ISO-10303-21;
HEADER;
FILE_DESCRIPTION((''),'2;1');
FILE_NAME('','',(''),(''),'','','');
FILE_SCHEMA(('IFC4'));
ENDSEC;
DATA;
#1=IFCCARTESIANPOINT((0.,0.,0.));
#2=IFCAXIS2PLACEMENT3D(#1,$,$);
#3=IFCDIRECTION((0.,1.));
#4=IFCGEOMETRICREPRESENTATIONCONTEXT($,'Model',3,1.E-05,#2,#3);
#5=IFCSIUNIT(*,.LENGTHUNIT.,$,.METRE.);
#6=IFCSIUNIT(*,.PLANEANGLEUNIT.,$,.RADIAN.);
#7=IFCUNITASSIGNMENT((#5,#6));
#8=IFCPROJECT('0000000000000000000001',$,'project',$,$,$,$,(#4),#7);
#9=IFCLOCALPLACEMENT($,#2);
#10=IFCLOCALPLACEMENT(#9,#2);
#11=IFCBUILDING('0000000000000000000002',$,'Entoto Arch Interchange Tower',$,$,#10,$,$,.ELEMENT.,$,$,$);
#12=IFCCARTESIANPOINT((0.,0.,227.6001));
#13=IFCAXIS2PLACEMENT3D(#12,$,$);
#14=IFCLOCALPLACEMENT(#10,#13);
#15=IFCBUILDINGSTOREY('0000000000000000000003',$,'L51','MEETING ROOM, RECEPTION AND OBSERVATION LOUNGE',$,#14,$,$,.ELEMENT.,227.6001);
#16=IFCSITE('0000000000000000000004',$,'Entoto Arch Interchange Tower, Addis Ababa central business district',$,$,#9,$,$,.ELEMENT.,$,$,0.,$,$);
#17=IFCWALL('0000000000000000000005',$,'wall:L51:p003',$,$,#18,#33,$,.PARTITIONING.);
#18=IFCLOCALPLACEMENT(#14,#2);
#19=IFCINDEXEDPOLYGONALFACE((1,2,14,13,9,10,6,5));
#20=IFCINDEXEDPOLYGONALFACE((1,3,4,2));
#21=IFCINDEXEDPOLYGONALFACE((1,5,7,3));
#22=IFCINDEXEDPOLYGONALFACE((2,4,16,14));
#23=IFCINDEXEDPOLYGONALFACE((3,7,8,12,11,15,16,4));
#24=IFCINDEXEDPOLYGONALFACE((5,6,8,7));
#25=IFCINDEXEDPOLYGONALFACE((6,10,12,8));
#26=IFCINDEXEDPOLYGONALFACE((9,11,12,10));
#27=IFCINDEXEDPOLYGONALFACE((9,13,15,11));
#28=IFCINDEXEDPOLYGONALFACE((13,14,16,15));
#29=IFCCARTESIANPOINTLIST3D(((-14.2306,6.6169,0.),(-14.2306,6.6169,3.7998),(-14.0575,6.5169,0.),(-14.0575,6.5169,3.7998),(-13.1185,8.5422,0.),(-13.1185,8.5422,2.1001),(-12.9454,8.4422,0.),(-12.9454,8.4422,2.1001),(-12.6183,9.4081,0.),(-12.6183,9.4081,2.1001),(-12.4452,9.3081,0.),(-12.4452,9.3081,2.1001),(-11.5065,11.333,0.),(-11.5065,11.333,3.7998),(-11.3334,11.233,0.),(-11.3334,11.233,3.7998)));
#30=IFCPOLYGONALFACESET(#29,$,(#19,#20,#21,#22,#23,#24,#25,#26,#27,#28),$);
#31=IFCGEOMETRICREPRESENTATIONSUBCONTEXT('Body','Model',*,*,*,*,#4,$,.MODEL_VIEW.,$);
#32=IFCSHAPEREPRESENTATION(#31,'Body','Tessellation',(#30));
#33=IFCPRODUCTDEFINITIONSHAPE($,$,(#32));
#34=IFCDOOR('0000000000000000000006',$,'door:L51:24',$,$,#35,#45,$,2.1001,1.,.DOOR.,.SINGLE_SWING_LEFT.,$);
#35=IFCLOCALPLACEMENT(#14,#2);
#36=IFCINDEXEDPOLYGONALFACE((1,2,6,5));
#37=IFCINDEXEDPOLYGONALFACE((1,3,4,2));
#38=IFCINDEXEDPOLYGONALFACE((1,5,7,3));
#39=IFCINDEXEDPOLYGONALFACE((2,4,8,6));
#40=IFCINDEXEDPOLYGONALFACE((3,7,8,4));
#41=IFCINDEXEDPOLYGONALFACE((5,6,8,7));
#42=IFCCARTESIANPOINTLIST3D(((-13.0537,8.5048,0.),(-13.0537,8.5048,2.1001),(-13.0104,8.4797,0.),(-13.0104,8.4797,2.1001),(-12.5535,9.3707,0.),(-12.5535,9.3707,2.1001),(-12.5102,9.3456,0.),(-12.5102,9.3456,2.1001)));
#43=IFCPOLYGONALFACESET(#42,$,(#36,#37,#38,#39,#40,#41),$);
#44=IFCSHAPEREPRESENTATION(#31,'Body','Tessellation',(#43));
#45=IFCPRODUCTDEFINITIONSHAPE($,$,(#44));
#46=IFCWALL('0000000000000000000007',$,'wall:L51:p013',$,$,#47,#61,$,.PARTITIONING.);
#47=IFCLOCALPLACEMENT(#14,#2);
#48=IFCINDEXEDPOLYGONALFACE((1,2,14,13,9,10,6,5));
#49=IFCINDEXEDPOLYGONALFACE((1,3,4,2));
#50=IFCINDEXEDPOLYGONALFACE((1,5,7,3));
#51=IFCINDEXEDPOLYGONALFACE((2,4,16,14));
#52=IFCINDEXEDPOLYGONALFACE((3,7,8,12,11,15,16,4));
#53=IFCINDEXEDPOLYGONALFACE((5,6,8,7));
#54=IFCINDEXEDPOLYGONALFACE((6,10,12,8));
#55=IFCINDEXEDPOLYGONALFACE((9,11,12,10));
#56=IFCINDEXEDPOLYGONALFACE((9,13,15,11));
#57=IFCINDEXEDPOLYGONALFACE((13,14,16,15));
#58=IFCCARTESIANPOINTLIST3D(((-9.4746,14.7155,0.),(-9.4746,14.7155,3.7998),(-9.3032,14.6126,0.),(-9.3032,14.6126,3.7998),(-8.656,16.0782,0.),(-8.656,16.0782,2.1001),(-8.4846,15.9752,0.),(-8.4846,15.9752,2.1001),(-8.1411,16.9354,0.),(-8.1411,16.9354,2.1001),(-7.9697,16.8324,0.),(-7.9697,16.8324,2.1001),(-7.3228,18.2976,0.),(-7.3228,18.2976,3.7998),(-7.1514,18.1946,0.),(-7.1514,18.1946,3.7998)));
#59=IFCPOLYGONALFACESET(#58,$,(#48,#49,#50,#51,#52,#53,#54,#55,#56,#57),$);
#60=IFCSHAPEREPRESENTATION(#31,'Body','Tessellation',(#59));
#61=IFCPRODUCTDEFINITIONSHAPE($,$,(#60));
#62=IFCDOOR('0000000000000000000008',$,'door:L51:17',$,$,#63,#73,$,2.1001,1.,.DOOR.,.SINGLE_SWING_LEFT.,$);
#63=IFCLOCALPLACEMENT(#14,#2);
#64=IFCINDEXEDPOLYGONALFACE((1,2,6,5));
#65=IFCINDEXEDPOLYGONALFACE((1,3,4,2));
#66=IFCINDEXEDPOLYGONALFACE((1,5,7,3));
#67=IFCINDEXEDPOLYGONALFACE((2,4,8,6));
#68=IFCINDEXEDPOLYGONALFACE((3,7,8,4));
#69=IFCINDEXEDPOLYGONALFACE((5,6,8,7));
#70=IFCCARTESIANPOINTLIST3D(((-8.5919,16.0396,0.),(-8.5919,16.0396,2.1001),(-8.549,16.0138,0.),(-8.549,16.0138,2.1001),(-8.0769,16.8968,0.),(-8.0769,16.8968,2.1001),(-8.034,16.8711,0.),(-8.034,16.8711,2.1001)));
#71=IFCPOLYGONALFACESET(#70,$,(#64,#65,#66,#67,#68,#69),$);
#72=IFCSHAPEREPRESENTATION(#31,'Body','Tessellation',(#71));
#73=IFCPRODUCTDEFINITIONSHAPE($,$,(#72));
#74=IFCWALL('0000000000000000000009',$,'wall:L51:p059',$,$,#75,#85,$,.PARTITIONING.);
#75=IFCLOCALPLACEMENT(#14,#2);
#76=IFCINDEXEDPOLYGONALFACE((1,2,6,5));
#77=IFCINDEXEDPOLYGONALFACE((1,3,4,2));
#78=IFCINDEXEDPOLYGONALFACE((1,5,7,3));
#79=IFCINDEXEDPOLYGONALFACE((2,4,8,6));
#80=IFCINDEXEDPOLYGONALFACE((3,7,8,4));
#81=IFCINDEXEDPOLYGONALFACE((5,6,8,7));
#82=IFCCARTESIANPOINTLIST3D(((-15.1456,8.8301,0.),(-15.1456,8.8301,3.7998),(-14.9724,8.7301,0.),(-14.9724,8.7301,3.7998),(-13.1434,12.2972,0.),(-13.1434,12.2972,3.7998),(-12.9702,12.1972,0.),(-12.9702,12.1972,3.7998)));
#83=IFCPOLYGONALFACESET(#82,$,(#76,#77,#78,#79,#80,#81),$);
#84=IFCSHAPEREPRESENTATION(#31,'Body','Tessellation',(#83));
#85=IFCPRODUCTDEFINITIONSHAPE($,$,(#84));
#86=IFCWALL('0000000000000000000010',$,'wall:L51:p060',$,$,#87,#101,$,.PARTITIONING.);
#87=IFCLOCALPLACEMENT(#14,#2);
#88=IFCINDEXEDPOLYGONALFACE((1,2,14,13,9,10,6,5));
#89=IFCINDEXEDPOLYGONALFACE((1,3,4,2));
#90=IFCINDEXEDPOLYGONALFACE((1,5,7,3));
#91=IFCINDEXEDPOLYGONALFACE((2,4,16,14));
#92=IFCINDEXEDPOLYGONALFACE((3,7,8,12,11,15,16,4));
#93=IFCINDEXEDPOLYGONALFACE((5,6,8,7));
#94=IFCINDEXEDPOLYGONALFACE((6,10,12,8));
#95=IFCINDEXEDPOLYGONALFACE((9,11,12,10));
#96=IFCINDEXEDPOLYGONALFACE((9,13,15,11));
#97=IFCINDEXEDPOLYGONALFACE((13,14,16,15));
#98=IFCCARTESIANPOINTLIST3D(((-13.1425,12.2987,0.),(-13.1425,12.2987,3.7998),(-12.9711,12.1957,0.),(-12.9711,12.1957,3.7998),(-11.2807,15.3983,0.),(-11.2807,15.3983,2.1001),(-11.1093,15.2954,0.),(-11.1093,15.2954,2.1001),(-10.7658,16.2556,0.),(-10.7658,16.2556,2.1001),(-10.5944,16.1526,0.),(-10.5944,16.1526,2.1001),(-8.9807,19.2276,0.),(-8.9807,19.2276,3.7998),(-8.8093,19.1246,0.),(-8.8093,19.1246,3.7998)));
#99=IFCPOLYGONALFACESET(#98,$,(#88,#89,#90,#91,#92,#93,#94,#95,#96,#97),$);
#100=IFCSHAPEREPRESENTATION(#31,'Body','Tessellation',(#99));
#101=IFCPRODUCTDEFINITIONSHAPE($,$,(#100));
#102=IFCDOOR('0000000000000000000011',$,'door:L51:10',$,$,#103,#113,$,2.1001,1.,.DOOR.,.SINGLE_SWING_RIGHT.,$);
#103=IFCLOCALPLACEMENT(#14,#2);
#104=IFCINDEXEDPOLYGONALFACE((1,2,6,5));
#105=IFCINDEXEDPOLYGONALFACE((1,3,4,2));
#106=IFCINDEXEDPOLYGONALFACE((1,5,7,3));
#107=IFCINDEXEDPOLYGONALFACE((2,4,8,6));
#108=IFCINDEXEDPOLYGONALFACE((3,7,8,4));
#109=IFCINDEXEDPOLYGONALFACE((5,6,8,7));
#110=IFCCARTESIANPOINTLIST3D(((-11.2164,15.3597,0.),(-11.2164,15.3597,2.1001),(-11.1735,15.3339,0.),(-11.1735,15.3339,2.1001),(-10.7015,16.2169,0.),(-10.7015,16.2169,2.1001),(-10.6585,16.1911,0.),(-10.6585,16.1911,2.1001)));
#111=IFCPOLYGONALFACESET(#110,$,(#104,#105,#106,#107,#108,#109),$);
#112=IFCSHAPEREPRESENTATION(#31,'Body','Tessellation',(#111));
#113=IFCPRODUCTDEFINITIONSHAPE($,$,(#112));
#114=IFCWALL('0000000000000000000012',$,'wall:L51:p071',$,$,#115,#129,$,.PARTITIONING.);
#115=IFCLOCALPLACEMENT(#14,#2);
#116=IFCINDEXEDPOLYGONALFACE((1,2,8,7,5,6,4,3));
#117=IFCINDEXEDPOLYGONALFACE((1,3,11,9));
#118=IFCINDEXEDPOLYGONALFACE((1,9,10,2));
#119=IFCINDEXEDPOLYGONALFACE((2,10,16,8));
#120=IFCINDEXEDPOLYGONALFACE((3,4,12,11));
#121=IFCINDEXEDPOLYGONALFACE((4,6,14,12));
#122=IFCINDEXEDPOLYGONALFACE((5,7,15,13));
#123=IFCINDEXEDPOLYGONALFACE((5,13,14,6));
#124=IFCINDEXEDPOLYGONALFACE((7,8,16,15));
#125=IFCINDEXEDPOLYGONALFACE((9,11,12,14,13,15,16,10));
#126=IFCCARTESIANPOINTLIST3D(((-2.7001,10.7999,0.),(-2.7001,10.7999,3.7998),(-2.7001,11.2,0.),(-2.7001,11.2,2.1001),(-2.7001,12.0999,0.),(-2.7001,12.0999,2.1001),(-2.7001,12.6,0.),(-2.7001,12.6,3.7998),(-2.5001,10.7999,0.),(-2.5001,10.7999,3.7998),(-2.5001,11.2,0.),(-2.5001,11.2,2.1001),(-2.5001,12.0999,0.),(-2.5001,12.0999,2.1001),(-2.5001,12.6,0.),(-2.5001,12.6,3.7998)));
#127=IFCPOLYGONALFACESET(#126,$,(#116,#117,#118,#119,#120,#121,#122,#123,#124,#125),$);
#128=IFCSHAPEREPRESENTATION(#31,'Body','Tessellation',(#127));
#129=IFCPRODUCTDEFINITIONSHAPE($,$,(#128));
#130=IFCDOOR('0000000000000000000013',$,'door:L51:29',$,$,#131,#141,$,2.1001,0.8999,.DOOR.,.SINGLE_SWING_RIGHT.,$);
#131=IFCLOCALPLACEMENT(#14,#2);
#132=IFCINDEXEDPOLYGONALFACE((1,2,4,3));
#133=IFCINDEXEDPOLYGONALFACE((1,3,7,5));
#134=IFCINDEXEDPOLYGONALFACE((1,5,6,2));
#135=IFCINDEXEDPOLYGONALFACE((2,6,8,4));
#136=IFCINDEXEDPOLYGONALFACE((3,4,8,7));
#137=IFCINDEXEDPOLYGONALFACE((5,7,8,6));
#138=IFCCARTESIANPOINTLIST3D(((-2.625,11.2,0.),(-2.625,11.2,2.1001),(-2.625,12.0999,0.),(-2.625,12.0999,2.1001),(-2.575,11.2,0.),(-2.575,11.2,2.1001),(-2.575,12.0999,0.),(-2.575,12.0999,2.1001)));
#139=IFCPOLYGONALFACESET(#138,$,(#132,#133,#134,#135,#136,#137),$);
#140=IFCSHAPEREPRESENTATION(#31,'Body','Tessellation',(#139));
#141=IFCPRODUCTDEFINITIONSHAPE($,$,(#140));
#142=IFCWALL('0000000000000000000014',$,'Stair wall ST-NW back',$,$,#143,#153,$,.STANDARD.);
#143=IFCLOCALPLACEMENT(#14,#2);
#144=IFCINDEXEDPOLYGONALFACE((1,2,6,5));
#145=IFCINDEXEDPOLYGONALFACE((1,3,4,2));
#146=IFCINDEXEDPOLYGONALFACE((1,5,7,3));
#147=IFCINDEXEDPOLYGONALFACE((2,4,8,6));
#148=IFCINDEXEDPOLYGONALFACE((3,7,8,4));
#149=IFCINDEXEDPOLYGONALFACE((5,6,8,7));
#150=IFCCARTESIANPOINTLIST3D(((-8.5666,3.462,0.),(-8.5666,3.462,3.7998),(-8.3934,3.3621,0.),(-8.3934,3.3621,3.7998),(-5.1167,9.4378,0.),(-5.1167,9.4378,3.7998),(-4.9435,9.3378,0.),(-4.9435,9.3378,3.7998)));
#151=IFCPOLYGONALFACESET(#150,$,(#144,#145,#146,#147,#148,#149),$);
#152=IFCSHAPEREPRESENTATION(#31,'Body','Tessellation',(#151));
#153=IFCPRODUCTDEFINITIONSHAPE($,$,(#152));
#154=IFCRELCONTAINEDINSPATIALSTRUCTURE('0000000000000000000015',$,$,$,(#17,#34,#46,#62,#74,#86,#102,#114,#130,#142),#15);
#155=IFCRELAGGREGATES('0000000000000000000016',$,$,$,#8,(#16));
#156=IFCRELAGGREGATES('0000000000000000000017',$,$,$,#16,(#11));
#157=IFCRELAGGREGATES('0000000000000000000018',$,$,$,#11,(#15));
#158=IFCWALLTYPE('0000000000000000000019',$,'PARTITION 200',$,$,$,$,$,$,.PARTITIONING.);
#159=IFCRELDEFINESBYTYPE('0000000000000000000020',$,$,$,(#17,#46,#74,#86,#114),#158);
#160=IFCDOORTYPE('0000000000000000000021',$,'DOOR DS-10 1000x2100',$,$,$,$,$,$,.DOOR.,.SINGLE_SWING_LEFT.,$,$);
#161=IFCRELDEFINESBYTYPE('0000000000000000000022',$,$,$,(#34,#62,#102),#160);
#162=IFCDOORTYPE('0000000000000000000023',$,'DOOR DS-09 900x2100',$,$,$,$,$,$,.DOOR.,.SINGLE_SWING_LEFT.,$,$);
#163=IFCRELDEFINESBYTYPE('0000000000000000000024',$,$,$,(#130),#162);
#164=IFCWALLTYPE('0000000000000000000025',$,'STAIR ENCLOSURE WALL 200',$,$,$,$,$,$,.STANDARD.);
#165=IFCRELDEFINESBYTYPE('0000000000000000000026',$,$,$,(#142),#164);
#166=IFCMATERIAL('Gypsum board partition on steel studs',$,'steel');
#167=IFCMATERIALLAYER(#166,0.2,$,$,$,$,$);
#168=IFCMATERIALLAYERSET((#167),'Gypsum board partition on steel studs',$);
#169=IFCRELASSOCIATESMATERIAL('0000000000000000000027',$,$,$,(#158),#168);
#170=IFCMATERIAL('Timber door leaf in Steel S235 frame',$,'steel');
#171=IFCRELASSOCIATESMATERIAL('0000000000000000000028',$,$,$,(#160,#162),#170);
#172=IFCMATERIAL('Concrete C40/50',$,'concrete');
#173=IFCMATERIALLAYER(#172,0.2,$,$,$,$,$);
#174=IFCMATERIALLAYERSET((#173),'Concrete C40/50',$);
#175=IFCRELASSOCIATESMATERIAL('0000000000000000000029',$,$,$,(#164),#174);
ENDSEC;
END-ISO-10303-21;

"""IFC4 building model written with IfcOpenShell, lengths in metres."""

from ifc_helpers import new_model, si_unit, direction, frame, frame_2d, origin, place, context, subcontext, project, spatial, rectangle, extrude, material, layer, layer_set, type_object, element, fill, save


model = new_model("IFC4")

# Units and contexts
model_context = context("Model", 3, precision=1e-05, world=origin(), true_north=direction((0.0, 1.0)))
body_context = subcontext(model_context, "Body", "Model", "MODEL_VIEW")
ifc_project = project(units=[si_unit("LENGTHUNIT", "METRE"), si_unit("PLANEANGLEUNIT", "RADIAN")], contexts=[model_context])

# Site, building, storey
site_placement = place(None, origin())
site = spatial("IfcSite", under=ifc_project, at=site_placement, Name="Entoto Arch Interchange Tower, Addis Ababa central business district", CompositionType="ELEMENT", RefElevation=0.0)
building_placement = place(site_placement, origin())
building = spatial("IfcBuilding", under=site, at=building_placement, Name="Entoto Arch Interchange Tower", CompositionType="ELEMENT")
storey_placement = place(building_placement, frame((0.0, 0.0, 227.6001)))
storey = spatial("IfcBuildingStorey", under=building, at=storey_placement, Name="L51", Description="MEETING ROOM, RECEPTION AND OBSERVATION LOUNGE", CompositionType="ELEMENT", Elevation=227.6001)

# Shared definitions
ifc_material_1 = material(Name="Concrete C40/50", Category="concrete")
ifc_material_2 = material(Name="Gypsum board partition on steel studs", Category="steel")

# Shared definitions
ifc_layer_1 = layer(ifc_material_2, 0.2)
ifc_layer_set_1 = layer_set([ifc_layer_1], Name="Gypsum board partition on steel studs")
wall_type_1 = type_object("IfcWallType", Name="PARTITION 200", PredefinedType="PARTITIONING", material=ifc_layer_set_1)
ifc_material_3 = material(Name="Timber door leaf in Steel S235 frame", Category="steel")
door_type_1 = type_object("IfcDoorType", Name="DOOR DS-10 1000x2100", OperationType="SINGLE_SWING_LEFT", PredefinedType="DOOR", material=ifc_material_3)

# Walls, openings, doors
wall_1_placement = place(storey_placement, frame((-11.4199, 11.283, 0.0), z_axis=(0.0, 0.0, 1.0), x_axis=(-0.500179, -0.865922, 0.0)))
wall_1 = element("IfcWall", 1, at=wall_1_placement, inside=storey, type_object=wall_type_1, Name="wall:L51:p003", PredefinedType="PARTITIONING", context=body_context, shape_type="SweptSolid", body=[
    extrude(rectangle(XDim=5.4463, YDim=0.2, at=frame_2d((2.7231, 0.0))), origin(), (0.0, 0.0, 1.0), 3.7998),
])
opening_1_placement = place(wall_1_placement, frame((2.2229, 0.0, 0.0)))
opening_1 = element("IfcOpeningElement", 2, at=opening_1_placement, cuts=wall_1, PredefinedType="OPENING", context=body_context, shape_type="SweptSolid", body=[
    extrude(rectangle(XDim=1.0, YDim=2.1001, at=frame_2d((0.5, 1.05))), frame((0.0, 0.1099, 0.0), z_axis=(0.0, -1.0, 0.0), x_axis=(1.0, 0.0, 0.0)), (0.0, 0.0, 1.0), 0.22),
])
door_1_placement = place(opening_1_placement, origin())
door_1 = element("IfcDoor", 3, at=door_1_placement, inside=storey, type_object=door_type_1, Name="door:L51:24", OperationType="SINGLE_SWING_LEFT", OverallHeight=2.1001, OverallWidth=1.0, PredefinedType="DOOR", context=body_context, shape_type="SweptSolid", body=[
    extrude(rectangle(XDim=1.0, YDim=2.1001, at=frame_2d((0.5, 1.05))), frame((0.0, 0.0249, 0.0), z_axis=(0.0, -1.0, 0.0), x_axis=(1.0, 0.0, 0.0)), (0.0, 0.0, 1.0), 0.05),
])
fill(opening_1, door_1)
wall_2_placement = place(storey_placement, frame((-7.2371, 18.2461, 0.0), z_axis=(0.0, 0.0, 1.0), x_axis=(-0.51496, -0.857214, 0.0)))
wall_2 = element("IfcWall", 4, at=wall_2_placement, inside=storey, type_object=wall_type_1, Name="wall:L51:p013", PredefinedType="PARTITIONING", context=body_context, shape_type="SweptSolid", body=[
    extrude(rectangle(XDim=4.1787, YDim=0.2, at=frame_2d((2.0894, 0.0))), origin(), (0.0, 0.0, 1.0), 3.7998),
])
opening_2_placement = place(wall_2_placement, frame((1.5891, 0.0, 0.0)))
opening_2 = element("IfcOpeningElement", 5, at=opening_2_placement, cuts=wall_2, PredefinedType="OPENING", context=body_context, shape_type="SweptSolid", body=[
    extrude(rectangle(XDim=1.0, YDim=2.1001, at=frame_2d((0.5, 1.05))), frame((0.0, 0.1099, 0.0), z_axis=(0.0, -1.0, 0.0), x_axis=(1.0, 0.0, 0.0)), (0.0, 0.0, 1.0), 0.22),
])
door_2_placement = place(opening_2_placement, origin())
door_2 = element("IfcDoor", 6, at=door_2_placement, inside=storey, type_object=door_type_1, Name="door:L51:17", OperationType="SINGLE_SWING_LEFT", OverallHeight=2.1001, OverallWidth=1.0, PredefinedType="DOOR", context=body_context, shape_type="SweptSolid", body=[
    extrude(rectangle(XDim=1.0, YDim=2.1001, at=frame_2d((0.5, 1.05))), frame((0.0, 0.0249, 0.0), z_axis=(0.0, -1.0, 0.0), x_axis=(1.0, 0.0, 0.0)), (0.0, 0.0, 1.0), 0.05),
])
fill(opening_2, door_2)

# Wall
wall_3_placement = place(storey_placement, frame((-15.0591, 8.78, 0.0), z_axis=(0.0, 0.0, 1.0), x_axis=(0.500094, 0.865971, 0.0)))
element("IfcWall", 7, at=wall_3_placement, inside=storey, type_object=wall_type_1, Name="wall:L51:p059", PredefinedType="PARTITIONING", context=body_context, shape_type="SweptSolid", body=[
    extrude(rectangle(XDim=4.0037, YDim=0.2, at=frame_2d((2.002, 0.0))), origin(), (0.0, 0.0, 1.0), 3.7998),
])

# Walls, openings, doors
wall_4_placement = place(storey_placement, frame((-13.0569, 12.2471, 0.0), z_axis=(0.0, 0.0, 1.0), x_axis=(0.514904, 0.857248, 0.0)))
wall_4 = element("IfcWall", 8, at=wall_4_placement, inside=storey, type_object=wall_type_1, Name="wall:L51:p060", PredefinedType="PARTITIONING", context=body_context, shape_type="SweptSolid", body=[
    extrude(rectangle(XDim=8.0828, YDim=0.2, at=frame_2d((4.0415, 0.0))), origin(), (0.0, 0.0, 1.0), 3.7998),
])
opening_3_placement = place(wall_4_placement, frame((3.616, 0.0, 0.0)))
opening_3 = element("IfcOpeningElement", 9, at=opening_3_placement, cuts=wall_4, PredefinedType="OPENING", context=body_context, shape_type="SweptSolid", body=[
    extrude(rectangle(XDim=1.0, YDim=2.1001, at=frame_2d((0.5, 1.05))), frame((0.0, 0.1099, 0.0), z_axis=(0.0, -1.0, 0.0), x_axis=(1.0, 0.0, 0.0)), (0.0, 0.0, 1.0), 0.22),
])
door_3_placement = place(opening_3_placement, origin())
door_3 = element("IfcDoor", 10, at=door_3_placement, inside=storey, type_object=door_type_1, Name="door:L51:10", OperationType="SINGLE_SWING_RIGHT", OverallHeight=2.1001, OverallWidth=1.0, PredefinedType="DOOR", context=body_context, shape_type="SweptSolid", body=[
    extrude(rectangle(XDim=1.0, YDim=2.1001, at=frame_2d((0.5, 1.05))), frame((0.0, 0.0249, 0.0), z_axis=(0.0, -1.0, 0.0), x_axis=(1.0, 0.0, 0.0)), (0.0, 0.0, 1.0), 0.05),
])
fill(opening_3, door_3)
wall_5_placement = place(storey_placement, frame((-2.6001, 10.8, 0.0), z_axis=(0.0, 0.0, 1.0), x_axis=(0.0, 1.0, 0.0)))
wall_5 = element("IfcWall", 11, at=wall_5_placement, inside=storey, type_object=wall_type_1, Name="wall:L51:p071", PredefinedType="PARTITIONING", context=body_context, shape_type="SweptSolid", body=[
    extrude(rectangle(XDim=1.8, YDim=0.2, at=frame_2d((0.8999, 0.0))), origin(), (0.0, 0.0, 1.0), 3.7998),
])
opening_4_placement = place(wall_5_placement, frame((0.3999, 0.0, 0.0)))
opening_4 = element("IfcOpeningElement", 12, at=opening_4_placement, cuts=wall_5, PredefinedType="OPENING", context=body_context, shape_type="SweptSolid", body=[
    extrude(rectangle(XDim=0.8999, YDim=2.1001, at=frame_2d((0.45, 1.05))), frame((0.0, 0.1099, 0.0), z_axis=(0.0, -1.0, 0.0), x_axis=(1.0, 0.0, 0.0)), (0.0, 0.0, 1.0), 0.22),
])
door_type_2 = type_object("IfcDoorType", Name="DOOR DS-09 900x2100", OperationType="SINGLE_SWING_LEFT", PredefinedType="DOOR", material=ifc_material_3)
door_4_placement = place(opening_4_placement, origin())
door_4 = element("IfcDoor", 13, at=door_4_placement, inside=storey, type_object=door_type_2, Name="door:L51:29", OperationType="SINGLE_SWING_RIGHT", OverallHeight=2.1001, OverallWidth=0.8999, PredefinedType="DOOR", context=body_context, shape_type="SweptSolid", body=[
    extrude(rectangle(XDim=0.8999, YDim=2.1001, at=frame_2d((0.45, 1.05))), frame((0.0, 0.0249, 0.0), z_axis=(0.0, -1.0, 0.0), x_axis=(1.0, 0.0, 0.0)), (0.0, 0.0, 1.0), 0.05),
])
fill(opening_4, door_4)

# Wall
ifc_layer_2 = layer(ifc_material_1, 0.2)
ifc_layer_set_2 = layer_set([ifc_layer_2], Name="Concrete C40/50")
wall_type_2 = type_object("IfcWallType", Name="STAIR ENCLOSURE WALL 200", PredefinedType="STANDARD", material=ifc_layer_set_2)
wall_6_placement = place(storey_placement, frame((-5.03, 9.3879, 0.0), z_axis=(0.0, 0.0, 1.0), x_axis=(-0.499979, -0.866038, 0.0)))
element("IfcWall", 14, at=wall_6_placement, inside=storey, type_object=wall_type_2, Name="Stair wall ST-NW back", PredefinedType="STANDARD", context=body_context, shape_type="SweptSolid", body=[
    extrude(rectangle(XDim=6.9001, YDim=0.2, at=frame_2d((3.4502, 0.0))), origin(), (0.0, 0.0, 1.0), 3.7998),
])

save(model, "model.ifc")
